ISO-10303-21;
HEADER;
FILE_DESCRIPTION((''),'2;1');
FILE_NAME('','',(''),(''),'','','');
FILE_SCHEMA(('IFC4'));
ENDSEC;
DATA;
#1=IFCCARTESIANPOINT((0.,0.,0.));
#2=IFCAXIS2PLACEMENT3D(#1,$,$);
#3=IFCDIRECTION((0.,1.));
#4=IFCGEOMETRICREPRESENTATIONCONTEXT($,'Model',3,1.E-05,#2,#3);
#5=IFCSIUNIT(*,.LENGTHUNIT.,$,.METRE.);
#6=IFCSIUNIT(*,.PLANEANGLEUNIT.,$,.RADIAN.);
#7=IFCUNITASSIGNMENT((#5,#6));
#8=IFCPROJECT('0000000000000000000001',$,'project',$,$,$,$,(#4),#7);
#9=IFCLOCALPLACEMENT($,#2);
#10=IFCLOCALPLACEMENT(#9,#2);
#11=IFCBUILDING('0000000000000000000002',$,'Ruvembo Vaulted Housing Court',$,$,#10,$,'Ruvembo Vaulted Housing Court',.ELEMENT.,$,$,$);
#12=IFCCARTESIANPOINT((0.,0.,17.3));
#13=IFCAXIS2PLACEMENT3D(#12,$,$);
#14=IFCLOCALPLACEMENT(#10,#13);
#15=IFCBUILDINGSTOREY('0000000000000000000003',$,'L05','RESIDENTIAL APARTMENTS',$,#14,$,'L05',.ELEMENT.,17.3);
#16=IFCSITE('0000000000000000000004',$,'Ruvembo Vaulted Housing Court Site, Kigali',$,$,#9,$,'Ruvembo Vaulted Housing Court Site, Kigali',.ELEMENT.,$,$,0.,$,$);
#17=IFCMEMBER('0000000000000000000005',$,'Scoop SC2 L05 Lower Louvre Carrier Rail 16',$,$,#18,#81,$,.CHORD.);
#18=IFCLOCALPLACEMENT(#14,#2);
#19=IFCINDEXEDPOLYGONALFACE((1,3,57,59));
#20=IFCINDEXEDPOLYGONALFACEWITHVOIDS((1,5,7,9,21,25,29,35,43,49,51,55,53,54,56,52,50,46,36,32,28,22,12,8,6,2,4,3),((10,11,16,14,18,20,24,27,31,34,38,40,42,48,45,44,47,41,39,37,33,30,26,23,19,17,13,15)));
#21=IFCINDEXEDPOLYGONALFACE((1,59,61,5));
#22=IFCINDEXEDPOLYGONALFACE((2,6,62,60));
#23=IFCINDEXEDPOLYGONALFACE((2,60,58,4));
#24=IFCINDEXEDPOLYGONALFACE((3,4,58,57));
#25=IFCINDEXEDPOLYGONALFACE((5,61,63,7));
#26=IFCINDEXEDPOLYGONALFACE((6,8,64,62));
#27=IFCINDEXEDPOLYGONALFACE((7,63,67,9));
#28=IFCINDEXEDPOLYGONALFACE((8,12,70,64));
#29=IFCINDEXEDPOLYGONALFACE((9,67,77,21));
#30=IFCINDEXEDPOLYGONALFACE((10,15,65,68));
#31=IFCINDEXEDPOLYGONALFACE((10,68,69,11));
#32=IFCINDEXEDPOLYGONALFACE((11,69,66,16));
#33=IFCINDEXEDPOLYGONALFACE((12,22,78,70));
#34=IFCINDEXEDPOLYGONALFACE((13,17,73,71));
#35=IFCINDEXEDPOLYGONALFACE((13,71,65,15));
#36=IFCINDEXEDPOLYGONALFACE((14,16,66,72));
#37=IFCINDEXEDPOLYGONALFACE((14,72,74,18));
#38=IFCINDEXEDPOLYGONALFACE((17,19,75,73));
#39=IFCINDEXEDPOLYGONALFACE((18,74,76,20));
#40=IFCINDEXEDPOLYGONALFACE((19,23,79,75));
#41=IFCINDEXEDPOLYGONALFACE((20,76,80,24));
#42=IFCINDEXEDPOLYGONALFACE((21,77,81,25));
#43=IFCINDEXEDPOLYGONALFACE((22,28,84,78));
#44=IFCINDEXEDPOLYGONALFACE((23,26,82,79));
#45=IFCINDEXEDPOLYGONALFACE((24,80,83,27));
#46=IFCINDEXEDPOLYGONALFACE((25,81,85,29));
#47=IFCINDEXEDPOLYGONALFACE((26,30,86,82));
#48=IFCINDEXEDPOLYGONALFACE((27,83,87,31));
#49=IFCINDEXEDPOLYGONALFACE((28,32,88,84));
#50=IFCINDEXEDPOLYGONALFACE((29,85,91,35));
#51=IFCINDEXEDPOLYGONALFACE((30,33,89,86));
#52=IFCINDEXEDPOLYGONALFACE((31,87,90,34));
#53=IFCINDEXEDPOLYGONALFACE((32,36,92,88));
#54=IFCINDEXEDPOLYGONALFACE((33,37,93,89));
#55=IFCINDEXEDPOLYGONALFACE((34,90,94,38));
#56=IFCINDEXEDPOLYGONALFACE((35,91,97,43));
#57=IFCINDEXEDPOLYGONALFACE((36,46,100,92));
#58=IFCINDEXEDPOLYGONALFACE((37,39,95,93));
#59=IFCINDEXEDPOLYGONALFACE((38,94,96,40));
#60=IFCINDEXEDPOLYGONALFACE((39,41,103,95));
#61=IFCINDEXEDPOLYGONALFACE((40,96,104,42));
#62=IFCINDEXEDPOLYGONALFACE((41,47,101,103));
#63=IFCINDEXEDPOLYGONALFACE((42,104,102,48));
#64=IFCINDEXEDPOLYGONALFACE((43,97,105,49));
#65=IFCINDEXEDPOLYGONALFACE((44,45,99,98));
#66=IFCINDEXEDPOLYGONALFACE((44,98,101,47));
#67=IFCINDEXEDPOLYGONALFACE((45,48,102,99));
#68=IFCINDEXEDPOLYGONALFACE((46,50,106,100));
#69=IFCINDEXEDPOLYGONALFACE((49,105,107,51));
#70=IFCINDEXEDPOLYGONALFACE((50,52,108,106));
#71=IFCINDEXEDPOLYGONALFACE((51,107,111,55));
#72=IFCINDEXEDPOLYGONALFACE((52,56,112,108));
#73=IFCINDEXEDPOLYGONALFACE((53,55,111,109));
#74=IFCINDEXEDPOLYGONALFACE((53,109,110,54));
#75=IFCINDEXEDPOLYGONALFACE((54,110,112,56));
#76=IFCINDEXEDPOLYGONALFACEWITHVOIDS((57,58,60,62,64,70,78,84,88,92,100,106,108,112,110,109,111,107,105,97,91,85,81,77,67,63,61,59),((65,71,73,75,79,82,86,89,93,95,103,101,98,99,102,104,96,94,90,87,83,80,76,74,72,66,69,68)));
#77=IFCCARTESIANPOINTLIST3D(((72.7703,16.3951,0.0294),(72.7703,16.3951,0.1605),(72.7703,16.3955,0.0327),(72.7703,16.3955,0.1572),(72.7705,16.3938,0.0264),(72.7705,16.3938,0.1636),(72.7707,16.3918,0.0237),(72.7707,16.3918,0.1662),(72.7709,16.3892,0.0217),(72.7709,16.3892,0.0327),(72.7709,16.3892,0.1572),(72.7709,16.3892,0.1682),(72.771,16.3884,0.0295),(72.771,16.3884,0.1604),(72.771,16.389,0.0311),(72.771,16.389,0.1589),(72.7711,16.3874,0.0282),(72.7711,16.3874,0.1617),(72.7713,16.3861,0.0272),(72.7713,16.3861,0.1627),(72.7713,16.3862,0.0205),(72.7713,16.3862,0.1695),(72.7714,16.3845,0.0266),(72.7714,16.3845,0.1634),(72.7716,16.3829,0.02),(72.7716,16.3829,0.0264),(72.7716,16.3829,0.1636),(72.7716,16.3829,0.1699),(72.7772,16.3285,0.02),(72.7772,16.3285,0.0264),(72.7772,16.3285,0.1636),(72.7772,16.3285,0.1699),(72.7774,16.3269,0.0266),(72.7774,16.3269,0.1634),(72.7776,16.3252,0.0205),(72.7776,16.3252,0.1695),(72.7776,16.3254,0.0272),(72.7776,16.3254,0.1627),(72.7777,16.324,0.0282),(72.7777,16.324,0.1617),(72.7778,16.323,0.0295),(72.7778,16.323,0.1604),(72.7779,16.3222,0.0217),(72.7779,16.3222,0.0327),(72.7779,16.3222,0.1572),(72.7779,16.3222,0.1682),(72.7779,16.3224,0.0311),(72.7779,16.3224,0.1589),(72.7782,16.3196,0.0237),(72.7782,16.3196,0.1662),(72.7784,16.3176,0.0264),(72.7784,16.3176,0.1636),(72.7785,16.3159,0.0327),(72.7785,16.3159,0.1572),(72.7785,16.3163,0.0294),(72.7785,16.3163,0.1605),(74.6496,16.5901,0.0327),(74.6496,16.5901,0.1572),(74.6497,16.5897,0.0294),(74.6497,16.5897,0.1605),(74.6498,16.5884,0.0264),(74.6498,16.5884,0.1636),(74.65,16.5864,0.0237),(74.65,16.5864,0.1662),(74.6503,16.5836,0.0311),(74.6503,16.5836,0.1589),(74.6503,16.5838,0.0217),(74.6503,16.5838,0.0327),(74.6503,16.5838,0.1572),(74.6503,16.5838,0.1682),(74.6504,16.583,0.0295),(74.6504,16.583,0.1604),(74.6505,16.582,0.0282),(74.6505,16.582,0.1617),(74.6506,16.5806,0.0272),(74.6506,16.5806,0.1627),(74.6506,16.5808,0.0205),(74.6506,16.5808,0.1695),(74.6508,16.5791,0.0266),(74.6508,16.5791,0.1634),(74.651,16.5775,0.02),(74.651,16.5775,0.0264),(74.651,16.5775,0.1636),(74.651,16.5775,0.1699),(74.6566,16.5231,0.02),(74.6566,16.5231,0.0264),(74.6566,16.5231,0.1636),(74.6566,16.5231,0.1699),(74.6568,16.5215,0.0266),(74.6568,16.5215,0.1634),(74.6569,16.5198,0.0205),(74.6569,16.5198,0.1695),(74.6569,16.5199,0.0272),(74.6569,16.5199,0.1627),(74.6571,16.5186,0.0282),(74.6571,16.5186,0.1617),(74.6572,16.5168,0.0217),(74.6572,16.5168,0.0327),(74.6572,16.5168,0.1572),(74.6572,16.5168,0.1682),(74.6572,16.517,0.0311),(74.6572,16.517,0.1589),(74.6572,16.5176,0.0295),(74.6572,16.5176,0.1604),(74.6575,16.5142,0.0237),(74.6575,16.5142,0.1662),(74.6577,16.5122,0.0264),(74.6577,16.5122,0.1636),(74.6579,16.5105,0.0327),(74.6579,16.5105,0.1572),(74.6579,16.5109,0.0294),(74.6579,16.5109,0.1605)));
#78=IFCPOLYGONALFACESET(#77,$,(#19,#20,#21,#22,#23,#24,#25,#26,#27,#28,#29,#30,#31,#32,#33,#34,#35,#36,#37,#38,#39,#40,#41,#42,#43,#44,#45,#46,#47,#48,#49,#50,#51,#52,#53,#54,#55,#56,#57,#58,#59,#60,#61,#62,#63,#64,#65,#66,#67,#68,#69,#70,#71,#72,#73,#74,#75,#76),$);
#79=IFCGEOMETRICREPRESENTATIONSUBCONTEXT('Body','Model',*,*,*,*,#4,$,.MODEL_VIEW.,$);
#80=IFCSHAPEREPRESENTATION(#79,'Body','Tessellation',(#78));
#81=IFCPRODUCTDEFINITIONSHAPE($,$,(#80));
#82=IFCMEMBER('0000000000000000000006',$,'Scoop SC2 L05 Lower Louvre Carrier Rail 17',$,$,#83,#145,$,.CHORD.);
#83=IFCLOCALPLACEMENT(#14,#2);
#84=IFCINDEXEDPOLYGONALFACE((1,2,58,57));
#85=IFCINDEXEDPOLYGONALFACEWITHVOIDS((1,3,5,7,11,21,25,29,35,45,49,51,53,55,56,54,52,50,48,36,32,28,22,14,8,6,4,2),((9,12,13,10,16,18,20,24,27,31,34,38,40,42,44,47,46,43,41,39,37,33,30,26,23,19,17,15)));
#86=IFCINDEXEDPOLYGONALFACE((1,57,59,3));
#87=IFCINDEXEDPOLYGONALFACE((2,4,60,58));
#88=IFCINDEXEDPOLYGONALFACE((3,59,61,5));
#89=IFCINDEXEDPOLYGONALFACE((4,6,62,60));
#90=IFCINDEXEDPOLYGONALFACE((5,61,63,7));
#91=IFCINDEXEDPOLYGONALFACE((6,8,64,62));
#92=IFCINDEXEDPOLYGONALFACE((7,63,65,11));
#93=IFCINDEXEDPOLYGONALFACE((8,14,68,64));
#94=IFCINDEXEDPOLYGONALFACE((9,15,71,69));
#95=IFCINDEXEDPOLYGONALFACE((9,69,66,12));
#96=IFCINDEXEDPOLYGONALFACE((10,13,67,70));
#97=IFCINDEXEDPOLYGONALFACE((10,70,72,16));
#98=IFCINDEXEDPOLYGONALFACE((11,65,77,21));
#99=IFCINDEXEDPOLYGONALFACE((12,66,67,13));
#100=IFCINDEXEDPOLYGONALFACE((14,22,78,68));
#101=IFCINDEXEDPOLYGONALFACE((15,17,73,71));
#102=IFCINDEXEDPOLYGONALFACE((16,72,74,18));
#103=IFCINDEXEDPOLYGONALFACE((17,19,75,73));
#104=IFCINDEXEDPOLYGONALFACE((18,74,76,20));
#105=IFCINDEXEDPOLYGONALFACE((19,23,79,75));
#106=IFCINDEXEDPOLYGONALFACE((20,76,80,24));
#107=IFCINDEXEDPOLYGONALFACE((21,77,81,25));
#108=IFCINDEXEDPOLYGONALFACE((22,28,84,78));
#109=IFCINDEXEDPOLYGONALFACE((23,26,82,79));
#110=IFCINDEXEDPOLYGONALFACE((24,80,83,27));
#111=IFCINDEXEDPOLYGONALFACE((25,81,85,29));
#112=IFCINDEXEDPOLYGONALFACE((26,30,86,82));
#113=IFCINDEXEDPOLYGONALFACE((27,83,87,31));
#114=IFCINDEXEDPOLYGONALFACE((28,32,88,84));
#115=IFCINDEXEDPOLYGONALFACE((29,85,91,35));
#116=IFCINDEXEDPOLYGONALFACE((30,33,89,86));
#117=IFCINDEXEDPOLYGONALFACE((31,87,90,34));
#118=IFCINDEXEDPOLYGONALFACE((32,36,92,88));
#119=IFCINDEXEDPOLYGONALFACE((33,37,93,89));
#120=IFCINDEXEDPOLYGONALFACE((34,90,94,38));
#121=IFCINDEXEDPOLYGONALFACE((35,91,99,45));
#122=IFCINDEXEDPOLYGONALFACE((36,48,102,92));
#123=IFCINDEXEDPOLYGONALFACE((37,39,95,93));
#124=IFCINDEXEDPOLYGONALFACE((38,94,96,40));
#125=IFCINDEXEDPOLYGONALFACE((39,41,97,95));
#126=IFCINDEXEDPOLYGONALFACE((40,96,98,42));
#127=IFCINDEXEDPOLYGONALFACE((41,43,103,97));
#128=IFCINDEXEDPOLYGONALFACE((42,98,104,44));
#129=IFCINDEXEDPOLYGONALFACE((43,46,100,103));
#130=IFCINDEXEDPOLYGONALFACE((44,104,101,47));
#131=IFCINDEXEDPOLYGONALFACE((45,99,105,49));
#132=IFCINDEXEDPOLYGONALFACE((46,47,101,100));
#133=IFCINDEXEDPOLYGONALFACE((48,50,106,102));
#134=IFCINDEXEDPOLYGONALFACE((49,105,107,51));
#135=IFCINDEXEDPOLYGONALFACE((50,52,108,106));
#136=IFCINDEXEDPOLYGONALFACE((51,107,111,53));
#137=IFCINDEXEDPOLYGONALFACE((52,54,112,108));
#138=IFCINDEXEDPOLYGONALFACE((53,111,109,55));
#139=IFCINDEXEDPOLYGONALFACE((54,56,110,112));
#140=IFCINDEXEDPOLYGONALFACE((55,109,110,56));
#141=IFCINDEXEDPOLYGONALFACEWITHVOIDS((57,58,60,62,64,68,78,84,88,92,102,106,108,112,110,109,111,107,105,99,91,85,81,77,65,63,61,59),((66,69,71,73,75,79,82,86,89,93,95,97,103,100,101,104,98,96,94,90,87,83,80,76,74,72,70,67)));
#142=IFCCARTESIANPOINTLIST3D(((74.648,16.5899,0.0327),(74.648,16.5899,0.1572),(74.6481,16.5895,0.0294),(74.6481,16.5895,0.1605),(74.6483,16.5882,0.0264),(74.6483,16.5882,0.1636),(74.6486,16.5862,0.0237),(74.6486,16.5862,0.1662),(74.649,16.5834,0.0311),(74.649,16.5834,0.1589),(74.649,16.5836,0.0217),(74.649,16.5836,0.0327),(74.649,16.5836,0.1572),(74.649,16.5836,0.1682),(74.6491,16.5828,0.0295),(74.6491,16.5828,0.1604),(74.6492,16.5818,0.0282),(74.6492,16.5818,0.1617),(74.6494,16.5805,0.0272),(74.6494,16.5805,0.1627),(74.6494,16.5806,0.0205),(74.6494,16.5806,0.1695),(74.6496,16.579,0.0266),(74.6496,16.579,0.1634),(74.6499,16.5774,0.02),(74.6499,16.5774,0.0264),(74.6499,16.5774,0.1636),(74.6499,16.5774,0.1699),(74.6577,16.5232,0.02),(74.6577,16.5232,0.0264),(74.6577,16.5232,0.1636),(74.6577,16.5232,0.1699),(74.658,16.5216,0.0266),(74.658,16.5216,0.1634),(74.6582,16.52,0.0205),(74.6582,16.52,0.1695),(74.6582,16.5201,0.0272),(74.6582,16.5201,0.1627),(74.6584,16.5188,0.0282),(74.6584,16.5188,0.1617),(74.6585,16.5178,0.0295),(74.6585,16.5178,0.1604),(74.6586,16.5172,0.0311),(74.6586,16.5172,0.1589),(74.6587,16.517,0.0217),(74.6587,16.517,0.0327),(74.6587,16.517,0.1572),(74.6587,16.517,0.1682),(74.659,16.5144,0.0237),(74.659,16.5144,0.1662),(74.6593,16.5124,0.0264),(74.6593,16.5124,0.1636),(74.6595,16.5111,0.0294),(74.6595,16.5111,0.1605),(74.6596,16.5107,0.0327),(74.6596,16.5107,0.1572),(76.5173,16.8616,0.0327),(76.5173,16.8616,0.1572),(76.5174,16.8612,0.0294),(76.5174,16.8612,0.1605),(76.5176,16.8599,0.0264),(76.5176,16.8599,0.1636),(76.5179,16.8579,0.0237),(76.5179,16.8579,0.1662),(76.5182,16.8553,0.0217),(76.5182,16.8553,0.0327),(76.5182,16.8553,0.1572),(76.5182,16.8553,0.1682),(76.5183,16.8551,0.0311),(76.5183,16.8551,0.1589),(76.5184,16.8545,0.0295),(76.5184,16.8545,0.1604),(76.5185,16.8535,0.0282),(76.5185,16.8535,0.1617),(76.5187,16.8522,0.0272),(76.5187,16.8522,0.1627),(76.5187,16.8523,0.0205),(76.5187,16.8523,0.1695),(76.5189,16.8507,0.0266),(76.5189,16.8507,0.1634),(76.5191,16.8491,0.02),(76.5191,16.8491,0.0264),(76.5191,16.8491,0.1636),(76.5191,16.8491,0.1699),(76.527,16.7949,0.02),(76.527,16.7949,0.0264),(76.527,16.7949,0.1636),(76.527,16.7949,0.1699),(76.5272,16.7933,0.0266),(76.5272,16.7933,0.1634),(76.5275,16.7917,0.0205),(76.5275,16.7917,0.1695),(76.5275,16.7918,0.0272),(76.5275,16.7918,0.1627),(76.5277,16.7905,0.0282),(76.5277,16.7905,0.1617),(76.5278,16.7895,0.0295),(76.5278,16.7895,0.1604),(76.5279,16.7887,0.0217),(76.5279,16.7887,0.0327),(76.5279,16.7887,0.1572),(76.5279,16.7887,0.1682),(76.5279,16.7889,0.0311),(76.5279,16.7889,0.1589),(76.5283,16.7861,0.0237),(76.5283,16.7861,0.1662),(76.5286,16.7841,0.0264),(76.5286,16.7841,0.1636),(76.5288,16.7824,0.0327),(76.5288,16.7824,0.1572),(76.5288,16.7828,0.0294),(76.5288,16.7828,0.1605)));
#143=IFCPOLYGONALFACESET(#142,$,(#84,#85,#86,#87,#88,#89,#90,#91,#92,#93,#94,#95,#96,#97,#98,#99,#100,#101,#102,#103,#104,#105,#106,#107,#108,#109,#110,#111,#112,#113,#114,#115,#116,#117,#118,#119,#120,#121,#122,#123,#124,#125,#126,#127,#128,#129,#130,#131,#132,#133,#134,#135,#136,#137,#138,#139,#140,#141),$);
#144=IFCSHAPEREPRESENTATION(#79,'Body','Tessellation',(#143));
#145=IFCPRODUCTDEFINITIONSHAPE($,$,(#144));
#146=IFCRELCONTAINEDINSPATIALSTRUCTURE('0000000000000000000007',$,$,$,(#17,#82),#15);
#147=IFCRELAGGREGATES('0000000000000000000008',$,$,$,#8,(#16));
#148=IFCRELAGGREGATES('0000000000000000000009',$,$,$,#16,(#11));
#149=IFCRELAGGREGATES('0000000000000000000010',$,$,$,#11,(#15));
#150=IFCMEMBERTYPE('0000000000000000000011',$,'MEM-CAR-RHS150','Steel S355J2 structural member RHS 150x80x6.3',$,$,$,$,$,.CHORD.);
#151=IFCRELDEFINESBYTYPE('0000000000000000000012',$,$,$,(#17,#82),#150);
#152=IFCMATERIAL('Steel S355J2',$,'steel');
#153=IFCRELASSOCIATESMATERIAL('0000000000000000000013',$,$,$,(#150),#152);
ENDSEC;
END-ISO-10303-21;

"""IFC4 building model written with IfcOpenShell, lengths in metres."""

from ifc_helpers import new_model, si_unit, direction, frame, origin, origin_2d, place, context, subcontext, project, spatial, hollow_rectangle, extrude, material, material_profile, profile_set, type_object, element, save


model = new_model("IFC4")

# Units and contexts
model_context = context("Model", 3, precision=1e-05, world=origin(), true_north=direction((0.0, 1.0)))
body_context = subcontext(model_context, "Body", "Model", "MODEL_VIEW")
ifc_project = project(units=[si_unit("LENGTHUNIT", "METRE"), si_unit("PLANEANGLEUNIT", "RADIAN")], contexts=[model_context])

# Site, building, storey
site_placement = place(None, origin())
site = spatial("IfcSite", under=ifc_project, at=site_placement, Name="Ruvembo Vaulted Housing Court Site, Kigali", LongName="Ruvembo Vaulted Housing Court Site, Kigali", CompositionType="ELEMENT", RefElevation=0.0)
building_placement = place(site_placement, origin())
building = spatial("IfcBuilding", under=site, at=building_placement, Name="Ruvembo Vaulted Housing Court", LongName="Ruvembo Vaulted Housing Court", CompositionType="ELEMENT")
storey_placement = place(building_placement, frame((0.0, 0.0, 17.3)))
storey = spatial("IfcBuildingStorey", under=building, at=storey_placement, Name="L05", Description="RESIDENTIAL APARTMENTS", LongName="L05", CompositionType="ELEMENT", Elevation=17.3)

# Shared definitions
ifc_material_1 = material(Name="Steel S355J2", Category="steel")

# Members
ifc_material_profile_1 = material_profile(ifc_material_1, hollow_rectangle(XDim=0.0801, YDim=0.1499, WallThickness=0.0063, InnerFilletRadius=0.0063, OuterFilletRadius=0.0127, at=origin_2d()), Name="RHS 150x80x6.3")
ifc_profile_set_1 = profile_set([ifc_material_profile_1], Name="Steel S355J2")
member_type_1 = type_object("IfcMemberType", Name="MEM-CAR-RHS150", Description="Steel S355J2 structural member RHS 150x80x6.3", PredefinedType="CHORD", material=ifc_profile_set_1)
member_1_placement = place(storey_placement, frame((72.7744, 16.3557, 0.095), z_axis=(0.994683, 0.102983, 0.0), x_axis=(-0.102983, 0.994683, 0.0)))
element("IfcMember", 1, at=member_1_placement, inside=storey, type_object=member_type_1, Name="Scoop SC2 L05 Lower Louvre Carrier Rail 16", PredefinedType="CHORD", context=body_context, shape_type="SweptSolid", body=[
    extrude(hollow_rectangle(XDim=0.0801, YDim=0.1499, WallThickness=0.0063, InnerFilletRadius=0.0063, OuterFilletRadius=0.0127, at=origin_2d()), origin(), (0.0, 0.0, 1.0), 1.8894),
])
member_2_placement = place(storey_placement, frame((74.6538, 16.5503, 0.095), z_axis=(0.9896, 0.143845, 0.0), x_axis=(-0.143845, 0.9896, 0.0)))
element("IfcMember", 2, at=member_2_placement, inside=storey, type_object=member_type_1, Name="Scoop SC2 L05 Lower Louvre Carrier Rail 17", PredefinedType="CHORD", context=body_context, shape_type="SweptSolid", body=[
    extrude(hollow_rectangle(XDim=0.0801, YDim=0.1499, WallThickness=0.0063, InnerFilletRadius=0.0063, OuterFilletRadius=0.0127, at=origin_2d()), origin(), (0.0, 0.0, 1.0), 1.8889),
])

save(model, "model.ifc")
